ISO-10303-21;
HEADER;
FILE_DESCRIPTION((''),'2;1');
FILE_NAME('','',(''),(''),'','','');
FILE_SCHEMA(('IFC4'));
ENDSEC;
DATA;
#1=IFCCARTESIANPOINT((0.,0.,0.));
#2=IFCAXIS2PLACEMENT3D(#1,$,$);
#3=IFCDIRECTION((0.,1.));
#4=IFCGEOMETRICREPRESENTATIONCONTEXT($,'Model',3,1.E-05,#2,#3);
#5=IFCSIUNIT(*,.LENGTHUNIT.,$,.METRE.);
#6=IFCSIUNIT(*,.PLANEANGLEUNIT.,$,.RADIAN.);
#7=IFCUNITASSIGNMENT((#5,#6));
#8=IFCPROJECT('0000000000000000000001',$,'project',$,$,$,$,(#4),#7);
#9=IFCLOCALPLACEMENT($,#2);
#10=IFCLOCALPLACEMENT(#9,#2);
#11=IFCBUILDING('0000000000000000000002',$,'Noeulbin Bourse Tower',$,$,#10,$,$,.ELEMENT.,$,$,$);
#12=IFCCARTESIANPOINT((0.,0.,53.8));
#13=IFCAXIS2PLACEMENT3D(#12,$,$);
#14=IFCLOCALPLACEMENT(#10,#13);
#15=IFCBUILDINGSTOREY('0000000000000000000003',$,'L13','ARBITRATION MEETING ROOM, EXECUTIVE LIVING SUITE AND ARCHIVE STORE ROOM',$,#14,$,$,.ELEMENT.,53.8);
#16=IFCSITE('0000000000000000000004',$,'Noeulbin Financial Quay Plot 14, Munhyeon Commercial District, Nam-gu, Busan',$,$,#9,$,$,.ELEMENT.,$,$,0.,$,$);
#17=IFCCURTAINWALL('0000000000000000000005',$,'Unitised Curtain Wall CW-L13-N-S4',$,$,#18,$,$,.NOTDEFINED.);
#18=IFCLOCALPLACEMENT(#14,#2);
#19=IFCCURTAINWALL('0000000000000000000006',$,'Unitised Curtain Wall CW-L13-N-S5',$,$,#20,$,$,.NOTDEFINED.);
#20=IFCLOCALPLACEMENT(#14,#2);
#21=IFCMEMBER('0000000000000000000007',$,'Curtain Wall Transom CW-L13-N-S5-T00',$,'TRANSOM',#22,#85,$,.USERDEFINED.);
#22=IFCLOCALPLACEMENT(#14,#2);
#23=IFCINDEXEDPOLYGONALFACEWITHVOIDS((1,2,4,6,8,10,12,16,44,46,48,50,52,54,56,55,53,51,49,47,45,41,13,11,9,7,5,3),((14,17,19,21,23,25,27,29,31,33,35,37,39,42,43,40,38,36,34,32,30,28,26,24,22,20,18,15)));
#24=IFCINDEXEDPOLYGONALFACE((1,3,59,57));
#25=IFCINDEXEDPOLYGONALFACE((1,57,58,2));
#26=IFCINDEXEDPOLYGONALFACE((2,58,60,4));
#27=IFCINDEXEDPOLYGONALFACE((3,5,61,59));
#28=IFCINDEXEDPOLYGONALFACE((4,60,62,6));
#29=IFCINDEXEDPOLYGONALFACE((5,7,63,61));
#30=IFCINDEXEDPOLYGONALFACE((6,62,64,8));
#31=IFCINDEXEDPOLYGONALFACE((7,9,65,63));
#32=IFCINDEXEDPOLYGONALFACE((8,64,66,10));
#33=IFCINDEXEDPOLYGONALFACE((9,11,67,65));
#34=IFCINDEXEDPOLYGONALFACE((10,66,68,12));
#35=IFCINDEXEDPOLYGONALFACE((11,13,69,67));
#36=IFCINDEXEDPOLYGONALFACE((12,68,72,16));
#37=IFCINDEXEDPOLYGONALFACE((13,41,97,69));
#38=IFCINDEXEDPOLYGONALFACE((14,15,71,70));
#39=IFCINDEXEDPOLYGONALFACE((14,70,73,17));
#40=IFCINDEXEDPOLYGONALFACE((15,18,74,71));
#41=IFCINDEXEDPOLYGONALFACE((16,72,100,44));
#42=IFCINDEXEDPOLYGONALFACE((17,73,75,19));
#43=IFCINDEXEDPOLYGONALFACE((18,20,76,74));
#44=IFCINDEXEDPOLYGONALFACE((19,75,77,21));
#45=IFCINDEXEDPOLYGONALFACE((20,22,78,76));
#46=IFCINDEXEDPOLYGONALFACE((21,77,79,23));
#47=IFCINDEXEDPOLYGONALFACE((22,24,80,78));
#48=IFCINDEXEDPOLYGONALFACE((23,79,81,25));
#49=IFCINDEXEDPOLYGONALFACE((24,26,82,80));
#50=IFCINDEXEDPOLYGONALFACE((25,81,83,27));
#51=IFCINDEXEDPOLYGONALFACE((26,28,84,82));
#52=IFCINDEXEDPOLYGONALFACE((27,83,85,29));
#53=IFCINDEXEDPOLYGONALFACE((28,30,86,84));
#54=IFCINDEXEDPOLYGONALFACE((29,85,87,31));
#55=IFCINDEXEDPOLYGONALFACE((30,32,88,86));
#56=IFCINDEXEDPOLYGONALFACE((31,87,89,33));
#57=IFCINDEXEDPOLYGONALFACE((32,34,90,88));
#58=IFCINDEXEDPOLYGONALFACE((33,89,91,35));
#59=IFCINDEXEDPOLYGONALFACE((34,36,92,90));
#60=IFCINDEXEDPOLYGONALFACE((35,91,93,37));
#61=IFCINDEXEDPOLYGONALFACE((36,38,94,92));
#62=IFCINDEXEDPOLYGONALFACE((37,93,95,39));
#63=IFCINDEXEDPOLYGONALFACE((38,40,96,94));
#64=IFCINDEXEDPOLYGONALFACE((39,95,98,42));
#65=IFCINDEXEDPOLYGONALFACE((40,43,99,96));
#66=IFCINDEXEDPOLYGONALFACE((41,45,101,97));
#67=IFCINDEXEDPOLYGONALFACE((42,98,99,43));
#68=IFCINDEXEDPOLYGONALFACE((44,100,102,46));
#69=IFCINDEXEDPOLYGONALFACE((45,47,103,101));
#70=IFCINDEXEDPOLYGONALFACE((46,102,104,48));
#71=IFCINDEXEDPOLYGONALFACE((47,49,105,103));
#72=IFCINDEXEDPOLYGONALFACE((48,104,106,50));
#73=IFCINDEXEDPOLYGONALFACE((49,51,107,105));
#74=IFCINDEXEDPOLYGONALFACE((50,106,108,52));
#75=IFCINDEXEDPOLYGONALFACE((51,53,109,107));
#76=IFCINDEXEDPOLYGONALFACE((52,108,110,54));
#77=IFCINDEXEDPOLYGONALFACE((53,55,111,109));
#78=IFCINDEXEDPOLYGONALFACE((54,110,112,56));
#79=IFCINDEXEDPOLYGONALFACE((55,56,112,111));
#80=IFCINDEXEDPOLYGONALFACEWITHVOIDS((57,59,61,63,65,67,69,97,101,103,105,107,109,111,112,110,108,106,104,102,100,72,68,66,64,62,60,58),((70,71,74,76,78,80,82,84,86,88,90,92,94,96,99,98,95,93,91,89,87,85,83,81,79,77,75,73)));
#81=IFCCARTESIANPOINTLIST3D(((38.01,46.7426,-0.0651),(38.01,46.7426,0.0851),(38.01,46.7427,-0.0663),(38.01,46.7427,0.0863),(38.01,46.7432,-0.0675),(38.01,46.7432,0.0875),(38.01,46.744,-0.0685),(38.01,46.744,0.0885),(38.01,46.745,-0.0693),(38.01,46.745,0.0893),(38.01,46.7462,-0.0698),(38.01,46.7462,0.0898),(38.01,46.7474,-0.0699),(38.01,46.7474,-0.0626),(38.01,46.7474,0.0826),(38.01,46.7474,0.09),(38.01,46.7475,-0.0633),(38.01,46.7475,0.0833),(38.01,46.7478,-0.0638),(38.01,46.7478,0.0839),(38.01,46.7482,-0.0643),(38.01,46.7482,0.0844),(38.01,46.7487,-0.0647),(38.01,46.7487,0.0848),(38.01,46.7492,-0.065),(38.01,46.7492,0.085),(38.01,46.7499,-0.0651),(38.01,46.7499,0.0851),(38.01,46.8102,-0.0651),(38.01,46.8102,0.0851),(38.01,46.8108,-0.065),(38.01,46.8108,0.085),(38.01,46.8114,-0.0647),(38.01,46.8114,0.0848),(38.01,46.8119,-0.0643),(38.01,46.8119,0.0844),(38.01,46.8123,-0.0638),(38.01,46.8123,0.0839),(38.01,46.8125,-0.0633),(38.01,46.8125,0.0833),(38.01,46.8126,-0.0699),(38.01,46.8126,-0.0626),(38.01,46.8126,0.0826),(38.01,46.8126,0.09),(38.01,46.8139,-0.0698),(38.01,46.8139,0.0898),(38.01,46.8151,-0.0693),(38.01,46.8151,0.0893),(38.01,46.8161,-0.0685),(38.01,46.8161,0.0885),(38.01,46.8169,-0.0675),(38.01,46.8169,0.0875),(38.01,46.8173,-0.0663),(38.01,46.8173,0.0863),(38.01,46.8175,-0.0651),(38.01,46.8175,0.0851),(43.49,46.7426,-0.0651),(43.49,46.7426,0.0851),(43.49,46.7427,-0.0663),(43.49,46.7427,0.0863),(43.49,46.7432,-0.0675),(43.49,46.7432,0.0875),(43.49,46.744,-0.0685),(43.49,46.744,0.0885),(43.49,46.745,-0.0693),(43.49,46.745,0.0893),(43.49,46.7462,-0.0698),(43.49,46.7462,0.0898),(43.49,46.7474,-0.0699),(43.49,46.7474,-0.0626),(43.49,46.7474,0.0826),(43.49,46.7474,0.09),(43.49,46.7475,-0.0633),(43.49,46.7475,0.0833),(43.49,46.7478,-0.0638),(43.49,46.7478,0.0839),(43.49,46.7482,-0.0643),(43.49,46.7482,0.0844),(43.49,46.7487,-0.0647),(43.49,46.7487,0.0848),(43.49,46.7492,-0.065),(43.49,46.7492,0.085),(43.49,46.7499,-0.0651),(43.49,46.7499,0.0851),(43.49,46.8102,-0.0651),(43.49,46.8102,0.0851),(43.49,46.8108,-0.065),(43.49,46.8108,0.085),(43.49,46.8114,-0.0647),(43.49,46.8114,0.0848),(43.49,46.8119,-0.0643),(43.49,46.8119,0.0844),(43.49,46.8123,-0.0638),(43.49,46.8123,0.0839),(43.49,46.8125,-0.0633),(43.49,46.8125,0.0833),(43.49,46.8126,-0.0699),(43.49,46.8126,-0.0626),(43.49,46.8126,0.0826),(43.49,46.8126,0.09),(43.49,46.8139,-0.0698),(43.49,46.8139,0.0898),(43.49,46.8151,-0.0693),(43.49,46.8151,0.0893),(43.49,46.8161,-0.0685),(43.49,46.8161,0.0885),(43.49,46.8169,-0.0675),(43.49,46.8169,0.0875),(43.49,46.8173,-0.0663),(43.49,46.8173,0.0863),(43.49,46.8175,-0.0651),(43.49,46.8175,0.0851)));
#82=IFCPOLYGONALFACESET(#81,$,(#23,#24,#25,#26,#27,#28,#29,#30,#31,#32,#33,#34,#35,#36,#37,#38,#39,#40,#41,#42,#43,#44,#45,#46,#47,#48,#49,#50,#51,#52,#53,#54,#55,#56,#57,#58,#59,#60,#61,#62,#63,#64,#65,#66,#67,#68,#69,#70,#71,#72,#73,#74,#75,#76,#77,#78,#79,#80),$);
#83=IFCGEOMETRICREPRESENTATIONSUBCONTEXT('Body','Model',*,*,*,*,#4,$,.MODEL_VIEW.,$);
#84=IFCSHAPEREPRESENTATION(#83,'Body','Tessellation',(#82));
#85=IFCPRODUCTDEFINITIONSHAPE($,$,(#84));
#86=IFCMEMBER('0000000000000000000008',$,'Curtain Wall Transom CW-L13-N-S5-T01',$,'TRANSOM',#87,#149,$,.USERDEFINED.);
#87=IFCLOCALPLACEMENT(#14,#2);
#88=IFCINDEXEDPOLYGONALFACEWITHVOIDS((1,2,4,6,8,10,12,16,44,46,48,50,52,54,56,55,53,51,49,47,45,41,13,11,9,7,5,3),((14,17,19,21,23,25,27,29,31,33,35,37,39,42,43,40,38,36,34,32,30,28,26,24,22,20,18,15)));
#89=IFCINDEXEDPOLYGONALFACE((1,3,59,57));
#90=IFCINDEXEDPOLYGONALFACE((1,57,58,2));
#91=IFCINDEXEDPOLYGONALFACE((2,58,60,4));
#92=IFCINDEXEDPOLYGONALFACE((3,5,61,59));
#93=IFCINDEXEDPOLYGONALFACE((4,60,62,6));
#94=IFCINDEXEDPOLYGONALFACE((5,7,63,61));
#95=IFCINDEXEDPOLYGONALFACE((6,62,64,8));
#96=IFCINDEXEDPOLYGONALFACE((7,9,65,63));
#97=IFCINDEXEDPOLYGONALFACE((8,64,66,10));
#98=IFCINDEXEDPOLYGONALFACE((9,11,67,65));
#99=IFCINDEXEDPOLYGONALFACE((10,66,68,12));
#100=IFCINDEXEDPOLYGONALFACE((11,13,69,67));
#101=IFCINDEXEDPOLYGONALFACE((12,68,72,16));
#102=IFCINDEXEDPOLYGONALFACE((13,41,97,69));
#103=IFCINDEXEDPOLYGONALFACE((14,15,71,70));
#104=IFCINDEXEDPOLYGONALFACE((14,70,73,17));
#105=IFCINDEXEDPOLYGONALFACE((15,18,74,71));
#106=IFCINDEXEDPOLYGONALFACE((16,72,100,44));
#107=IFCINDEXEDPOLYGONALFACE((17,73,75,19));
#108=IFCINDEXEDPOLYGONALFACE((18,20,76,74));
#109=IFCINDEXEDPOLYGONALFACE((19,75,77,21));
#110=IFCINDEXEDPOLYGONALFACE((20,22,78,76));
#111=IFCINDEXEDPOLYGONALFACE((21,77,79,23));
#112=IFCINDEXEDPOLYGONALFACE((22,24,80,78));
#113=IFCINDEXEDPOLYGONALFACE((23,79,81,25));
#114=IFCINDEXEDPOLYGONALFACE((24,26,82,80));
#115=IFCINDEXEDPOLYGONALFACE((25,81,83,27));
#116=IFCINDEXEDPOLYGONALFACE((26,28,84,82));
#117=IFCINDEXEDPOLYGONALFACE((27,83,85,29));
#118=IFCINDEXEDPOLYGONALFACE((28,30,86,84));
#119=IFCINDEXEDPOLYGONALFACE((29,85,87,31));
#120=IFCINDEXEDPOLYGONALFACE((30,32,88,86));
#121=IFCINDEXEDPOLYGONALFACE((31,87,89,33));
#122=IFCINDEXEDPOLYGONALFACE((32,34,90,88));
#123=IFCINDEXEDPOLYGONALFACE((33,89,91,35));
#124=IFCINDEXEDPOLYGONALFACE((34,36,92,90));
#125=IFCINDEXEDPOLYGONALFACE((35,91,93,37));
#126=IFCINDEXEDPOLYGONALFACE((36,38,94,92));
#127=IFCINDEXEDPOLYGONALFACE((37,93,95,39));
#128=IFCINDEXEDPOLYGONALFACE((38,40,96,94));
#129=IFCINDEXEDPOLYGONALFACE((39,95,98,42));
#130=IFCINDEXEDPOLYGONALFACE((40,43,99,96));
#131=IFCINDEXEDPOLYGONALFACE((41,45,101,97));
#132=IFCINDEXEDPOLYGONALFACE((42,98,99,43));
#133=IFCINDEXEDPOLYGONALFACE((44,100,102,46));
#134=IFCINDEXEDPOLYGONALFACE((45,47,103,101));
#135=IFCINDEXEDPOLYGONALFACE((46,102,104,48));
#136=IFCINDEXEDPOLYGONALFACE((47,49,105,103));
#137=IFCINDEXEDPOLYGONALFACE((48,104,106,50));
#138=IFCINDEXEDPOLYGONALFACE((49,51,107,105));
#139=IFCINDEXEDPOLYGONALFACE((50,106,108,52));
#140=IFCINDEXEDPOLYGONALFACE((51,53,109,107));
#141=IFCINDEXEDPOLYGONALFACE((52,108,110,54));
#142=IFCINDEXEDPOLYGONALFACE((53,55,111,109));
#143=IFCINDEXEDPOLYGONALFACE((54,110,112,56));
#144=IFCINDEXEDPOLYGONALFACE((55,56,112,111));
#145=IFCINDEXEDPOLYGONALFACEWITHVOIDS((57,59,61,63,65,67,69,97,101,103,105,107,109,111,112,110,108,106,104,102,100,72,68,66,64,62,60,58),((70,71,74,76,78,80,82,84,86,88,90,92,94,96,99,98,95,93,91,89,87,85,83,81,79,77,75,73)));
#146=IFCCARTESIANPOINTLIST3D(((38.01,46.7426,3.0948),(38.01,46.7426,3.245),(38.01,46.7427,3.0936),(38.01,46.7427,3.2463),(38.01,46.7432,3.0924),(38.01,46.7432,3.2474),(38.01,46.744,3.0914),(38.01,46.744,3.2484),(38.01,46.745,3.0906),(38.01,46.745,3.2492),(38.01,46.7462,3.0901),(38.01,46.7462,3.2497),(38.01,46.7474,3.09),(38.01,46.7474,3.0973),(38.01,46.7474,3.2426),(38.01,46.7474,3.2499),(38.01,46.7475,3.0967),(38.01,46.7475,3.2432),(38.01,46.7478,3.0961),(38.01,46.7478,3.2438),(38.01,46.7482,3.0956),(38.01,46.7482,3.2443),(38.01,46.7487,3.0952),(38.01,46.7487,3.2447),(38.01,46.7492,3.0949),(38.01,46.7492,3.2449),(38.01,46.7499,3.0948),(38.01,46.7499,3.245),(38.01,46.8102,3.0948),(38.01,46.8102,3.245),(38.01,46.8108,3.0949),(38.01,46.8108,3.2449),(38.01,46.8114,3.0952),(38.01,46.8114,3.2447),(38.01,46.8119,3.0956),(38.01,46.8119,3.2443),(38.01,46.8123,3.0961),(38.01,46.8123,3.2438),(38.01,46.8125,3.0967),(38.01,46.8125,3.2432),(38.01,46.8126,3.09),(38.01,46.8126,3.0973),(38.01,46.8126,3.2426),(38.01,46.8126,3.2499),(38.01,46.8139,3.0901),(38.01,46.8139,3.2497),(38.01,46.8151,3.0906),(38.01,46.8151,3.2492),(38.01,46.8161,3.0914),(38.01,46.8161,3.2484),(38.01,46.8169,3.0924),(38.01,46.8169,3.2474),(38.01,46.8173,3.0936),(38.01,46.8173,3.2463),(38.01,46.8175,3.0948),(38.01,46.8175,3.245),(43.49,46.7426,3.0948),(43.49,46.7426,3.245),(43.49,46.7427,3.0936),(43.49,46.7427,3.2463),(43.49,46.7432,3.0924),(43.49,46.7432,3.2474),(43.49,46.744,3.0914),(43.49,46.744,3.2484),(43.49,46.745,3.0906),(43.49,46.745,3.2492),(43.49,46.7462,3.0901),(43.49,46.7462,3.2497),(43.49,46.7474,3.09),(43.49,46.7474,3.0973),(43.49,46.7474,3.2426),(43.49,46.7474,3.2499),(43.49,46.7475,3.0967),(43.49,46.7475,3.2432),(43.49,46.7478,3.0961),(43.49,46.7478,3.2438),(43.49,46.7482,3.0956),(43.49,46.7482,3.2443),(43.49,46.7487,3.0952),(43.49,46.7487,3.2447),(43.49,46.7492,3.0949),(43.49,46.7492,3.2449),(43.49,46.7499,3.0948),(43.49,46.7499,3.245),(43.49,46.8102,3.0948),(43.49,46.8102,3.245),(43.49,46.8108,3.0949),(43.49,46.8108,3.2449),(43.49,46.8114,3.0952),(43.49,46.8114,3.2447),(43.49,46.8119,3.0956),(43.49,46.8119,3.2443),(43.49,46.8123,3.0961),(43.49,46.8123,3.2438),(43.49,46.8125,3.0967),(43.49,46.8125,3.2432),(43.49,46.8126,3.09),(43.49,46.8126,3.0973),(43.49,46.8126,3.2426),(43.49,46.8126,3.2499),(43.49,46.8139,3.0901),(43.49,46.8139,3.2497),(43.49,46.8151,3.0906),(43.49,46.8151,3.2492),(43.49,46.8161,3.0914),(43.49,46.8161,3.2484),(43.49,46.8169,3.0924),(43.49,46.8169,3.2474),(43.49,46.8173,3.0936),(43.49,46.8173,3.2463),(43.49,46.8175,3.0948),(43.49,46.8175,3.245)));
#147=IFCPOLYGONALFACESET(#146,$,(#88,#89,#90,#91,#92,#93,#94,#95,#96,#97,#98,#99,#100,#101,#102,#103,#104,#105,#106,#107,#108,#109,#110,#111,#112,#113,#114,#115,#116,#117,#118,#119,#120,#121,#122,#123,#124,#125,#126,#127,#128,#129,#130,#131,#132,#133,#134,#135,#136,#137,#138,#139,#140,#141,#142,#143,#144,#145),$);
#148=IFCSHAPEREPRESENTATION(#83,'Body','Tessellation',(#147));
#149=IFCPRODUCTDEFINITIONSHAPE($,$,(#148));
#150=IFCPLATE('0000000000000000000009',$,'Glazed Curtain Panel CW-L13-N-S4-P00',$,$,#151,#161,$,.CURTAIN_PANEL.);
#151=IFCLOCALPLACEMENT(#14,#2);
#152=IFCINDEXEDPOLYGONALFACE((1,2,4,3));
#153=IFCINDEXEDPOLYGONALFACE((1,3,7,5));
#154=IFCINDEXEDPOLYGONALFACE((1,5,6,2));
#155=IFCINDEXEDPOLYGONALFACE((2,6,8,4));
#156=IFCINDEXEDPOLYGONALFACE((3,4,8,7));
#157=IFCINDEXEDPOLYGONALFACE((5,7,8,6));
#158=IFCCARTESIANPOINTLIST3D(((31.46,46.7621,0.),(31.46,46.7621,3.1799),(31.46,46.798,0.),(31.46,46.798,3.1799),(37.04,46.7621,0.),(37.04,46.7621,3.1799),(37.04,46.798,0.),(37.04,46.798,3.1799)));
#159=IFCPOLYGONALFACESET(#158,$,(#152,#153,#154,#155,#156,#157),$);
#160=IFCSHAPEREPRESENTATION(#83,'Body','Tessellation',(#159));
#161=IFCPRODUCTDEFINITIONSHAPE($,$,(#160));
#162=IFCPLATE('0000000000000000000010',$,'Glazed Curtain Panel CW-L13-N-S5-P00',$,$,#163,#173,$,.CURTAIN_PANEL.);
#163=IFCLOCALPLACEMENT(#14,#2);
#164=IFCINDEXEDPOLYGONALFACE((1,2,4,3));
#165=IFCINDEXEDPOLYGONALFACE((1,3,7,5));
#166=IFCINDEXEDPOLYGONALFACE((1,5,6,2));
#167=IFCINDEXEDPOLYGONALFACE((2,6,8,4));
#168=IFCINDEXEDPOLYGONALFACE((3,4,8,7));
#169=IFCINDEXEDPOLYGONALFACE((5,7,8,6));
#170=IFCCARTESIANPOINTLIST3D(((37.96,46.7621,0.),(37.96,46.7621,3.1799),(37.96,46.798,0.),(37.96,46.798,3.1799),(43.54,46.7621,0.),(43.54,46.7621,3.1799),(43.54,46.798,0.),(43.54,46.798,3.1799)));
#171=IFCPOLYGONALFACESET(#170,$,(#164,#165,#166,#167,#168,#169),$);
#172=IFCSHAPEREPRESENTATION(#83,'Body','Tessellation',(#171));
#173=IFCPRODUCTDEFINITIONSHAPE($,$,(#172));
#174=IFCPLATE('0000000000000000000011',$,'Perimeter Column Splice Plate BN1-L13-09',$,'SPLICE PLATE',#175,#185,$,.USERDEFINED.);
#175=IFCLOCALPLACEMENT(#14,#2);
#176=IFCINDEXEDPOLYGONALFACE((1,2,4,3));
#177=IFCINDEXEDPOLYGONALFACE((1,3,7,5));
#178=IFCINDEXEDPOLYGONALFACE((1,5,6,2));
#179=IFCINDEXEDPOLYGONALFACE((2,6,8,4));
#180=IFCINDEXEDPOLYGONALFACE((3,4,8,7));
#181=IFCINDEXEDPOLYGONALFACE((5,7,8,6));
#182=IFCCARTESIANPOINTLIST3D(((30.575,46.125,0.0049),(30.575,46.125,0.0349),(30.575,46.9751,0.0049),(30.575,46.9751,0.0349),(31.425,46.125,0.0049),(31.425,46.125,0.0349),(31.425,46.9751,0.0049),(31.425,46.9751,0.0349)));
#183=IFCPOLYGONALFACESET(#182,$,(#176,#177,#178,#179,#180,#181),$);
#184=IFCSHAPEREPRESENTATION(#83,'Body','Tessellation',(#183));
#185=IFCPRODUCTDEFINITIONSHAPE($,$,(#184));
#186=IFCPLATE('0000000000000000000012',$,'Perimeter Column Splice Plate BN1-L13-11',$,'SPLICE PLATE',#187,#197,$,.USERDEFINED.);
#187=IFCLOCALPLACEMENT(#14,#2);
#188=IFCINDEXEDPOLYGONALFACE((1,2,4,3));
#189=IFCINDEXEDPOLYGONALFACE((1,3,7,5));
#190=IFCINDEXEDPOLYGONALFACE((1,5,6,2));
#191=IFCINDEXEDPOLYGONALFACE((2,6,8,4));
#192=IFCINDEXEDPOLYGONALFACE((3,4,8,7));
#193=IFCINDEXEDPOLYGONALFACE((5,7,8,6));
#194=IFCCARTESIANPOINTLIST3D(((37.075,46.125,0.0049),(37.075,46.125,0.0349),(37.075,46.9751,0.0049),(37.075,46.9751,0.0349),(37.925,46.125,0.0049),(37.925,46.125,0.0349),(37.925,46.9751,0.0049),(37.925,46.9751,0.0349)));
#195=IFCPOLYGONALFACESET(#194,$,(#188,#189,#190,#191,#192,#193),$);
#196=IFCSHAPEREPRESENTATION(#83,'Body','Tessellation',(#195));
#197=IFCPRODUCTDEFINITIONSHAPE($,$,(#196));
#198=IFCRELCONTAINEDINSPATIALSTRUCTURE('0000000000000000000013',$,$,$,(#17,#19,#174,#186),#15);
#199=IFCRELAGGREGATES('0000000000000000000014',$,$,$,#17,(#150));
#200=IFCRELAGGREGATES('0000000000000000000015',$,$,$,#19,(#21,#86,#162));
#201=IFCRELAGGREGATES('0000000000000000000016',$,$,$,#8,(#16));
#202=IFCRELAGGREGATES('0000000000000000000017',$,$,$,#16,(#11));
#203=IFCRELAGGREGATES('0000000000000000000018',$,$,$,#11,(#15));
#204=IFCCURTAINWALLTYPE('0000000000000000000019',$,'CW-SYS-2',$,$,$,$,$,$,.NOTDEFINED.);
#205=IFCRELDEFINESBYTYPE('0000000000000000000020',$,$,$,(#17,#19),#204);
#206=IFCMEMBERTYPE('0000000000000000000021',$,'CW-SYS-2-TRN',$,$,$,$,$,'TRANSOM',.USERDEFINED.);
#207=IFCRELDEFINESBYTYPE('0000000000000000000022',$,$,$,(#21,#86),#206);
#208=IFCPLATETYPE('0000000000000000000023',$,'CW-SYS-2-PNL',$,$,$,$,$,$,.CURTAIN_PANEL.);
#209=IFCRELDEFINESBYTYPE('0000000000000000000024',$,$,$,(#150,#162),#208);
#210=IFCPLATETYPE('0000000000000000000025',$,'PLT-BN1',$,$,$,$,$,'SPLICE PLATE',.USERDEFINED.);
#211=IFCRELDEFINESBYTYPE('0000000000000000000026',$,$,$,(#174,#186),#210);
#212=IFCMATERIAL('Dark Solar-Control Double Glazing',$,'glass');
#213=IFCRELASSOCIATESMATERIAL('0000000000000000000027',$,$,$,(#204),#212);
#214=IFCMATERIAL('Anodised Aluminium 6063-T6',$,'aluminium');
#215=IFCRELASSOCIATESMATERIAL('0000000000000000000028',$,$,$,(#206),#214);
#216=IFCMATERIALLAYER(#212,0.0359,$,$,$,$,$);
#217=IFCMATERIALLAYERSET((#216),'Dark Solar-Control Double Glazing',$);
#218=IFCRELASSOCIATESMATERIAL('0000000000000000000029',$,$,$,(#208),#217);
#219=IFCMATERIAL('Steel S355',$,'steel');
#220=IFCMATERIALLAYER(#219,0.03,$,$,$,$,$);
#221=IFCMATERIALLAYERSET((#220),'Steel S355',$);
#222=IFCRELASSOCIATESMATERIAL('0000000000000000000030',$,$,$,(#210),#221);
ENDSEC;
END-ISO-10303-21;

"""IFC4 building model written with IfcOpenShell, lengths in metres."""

from ifc_helpers import new_model, si_unit, direction, frame, origin, origin_2d, place, context, subcontext, project, spatial, rectangle, hollow_rectangle, extrude, material, layer, layer_set, material_profile, profile_set, type_object, element, aggregate, save


model = new_model("IFC4")

# Units and contexts
model_context = context("Model", 3, precision=1e-05, world=origin(), true_north=direction((0.0, 1.0)))
body_context = subcontext(model_context, "Body", "Model", "MODEL_VIEW")
ifc_project = project(units=[si_unit("LENGTHUNIT", "METRE"), si_unit("PLANEANGLEUNIT", "RADIAN")], contexts=[model_context])

# Site, building, storey
site_placement = place(None, origin())
site = spatial("IfcSite", under=ifc_project, at=site_placement, Name="Noeulbin Financial Quay Plot 14, Munhyeon Commercial District, Nam-gu, Busan", CompositionType="ELEMENT", RefElevation=0.0)
building_placement = place(site_placement, origin())
building = spatial("IfcBuilding", under=site, at=building_placement, Name="Noeulbin Bourse Tower", CompositionType="ELEMENT")
storey_placement = place(building_placement, frame((0.0, 0.0, 53.8)))
storey = spatial("IfcBuildingStorey", under=building, at=storey_placement, Name="L13", Description="ARBITRATION MEETING ROOM, EXECUTIVE LIVING SUITE AND ARCHIVE STORE ROOM", CompositionType="ELEMENT", Elevation=53.8)

# Shared definitions
ifc_material_1 = material(Name="Steel S355", Category="steel")

# Shared definitions
ifc_material_2 = material(Name="Dark Solar-Control Double Glazing", Category="glass")
curtain_wall_type = type_object("IfcCurtainWallType", Name="CW-SYS-2", PredefinedType="NOTDEFINED", material=ifc_material_2)
ifc_material_3 = material(Name="Anodised Aluminium 6063-T6", Category="aluminium")

# Curtain wall
curtain_wall_1_placement = place(storey_placement, origin())
curtain_wall_1 = element("IfcCurtainWall", 1, at=curtain_wall_1_placement, inside=storey, type_object=curtain_wall_type, Name="Unitised Curtain Wall CW-L13-N-S4", PredefinedType="NOTDEFINED")

# Curtain wall
curtain_wall_2_placement = place(storey_placement, origin())
curtain_wall_2 = element("IfcCurtainWall", 2, at=curtain_wall_2_placement, inside=storey, type_object=curtain_wall_type, Name="Unitised Curtain Wall CW-L13-N-S5", PredefinedType="NOTDEFINED")

# Members
ifc_material_profile_1 = material_profile(ifc_material_3, hollow_rectangle(XDim=0.075, YDim=0.1599, WallThickness=0.0049, InnerFilletRadius=0.0024, OuterFilletRadius=0.0049, at=origin_2d()), Name="ALU-TRAN-75x160x5", Category="LoadBearing")
ifc_profile_set_1 = profile_set([ifc_material_profile_1], Name="Anodised Aluminium 6063-T6")
member_type_1 = type_object("IfcMemberType", Name="CW-SYS-2-TRN", ElementType="TRANSOM", PredefinedType="USERDEFINED", material=ifc_profile_set_1)
member_1_placement = place(storey_placement, frame((38.01, 46.78, 0.01), z_axis=(1.0, 0.0, 0.0), x_axis=(0.0, 1.0, 0.0)))
member_1 = element("IfcMember", 3, at=member_1_placement, type_object=member_type_1, Name="Curtain Wall Transom CW-L13-N-S5-T00", ObjectType="TRANSOM", PredefinedType="USERDEFINED", context=body_context, shape_type="SweptSolid", body=[
    extrude(hollow_rectangle(XDim=0.075, YDim=0.1599, WallThickness=0.0049, InnerFilletRadius=0.0024, OuterFilletRadius=0.0049, at=origin_2d()), origin(), (0.0, 0.0, 1.0), 5.48),
])
member_2_placement = place(storey_placement, frame((38.01, 46.78, 3.1699), z_axis=(1.0, 0.0, 0.0), x_axis=(0.0, 1.0, 0.0)))
member_2 = element("IfcMember", 4, at=member_2_placement, type_object=member_type_1, Name="Curtain Wall Transom CW-L13-N-S5-T01", ObjectType="TRANSOM", PredefinedType="USERDEFINED", context=body_context, shape_type="SweptSolid", body=[
    extrude(hollow_rectangle(XDim=0.075, YDim=0.1599, WallThickness=0.0049, InnerFilletRadius=0.0024, OuterFilletRadius=0.0049, at=origin_2d()), origin(), (0.0, 0.0, 1.0), 5.48),
])

# Plates
ifc_layer_1 = layer(ifc_material_2, 0.0359)
ifc_layer_set_1 = layer_set([ifc_layer_1], Name="Dark Solar-Control Double Glazing")
plate_type_1 = type_object("IfcPlateType", Name="CW-SYS-2-PNL", PredefinedType="CURTAIN_PANEL", material=ifc_layer_set_1)
plate_1_placement = place(storey_placement, frame((34.25, 46.78, 0.0), z_axis=(0.0, 0.0, 1.0), x_axis=(1.0, 0.0, 0.0)))
plate_1 = element("IfcPlate", 5, at=plate_1_placement, type_object=plate_type_1, Name="Glazed Curtain Panel CW-L13-N-S4-P00", PredefinedType="CURTAIN_PANEL", context=body_context, shape_type="SweptSolid", body=[
    extrude(rectangle(XDim=5.5801, YDim=0.0359, at=origin_2d()), origin(), (0.0, 0.0, 1.0), 3.1799),
])
aggregate(curtain_wall_1, [plate_1])
plate_2_placement = place(storey_placement, frame((40.75, 46.78, 0.0), z_axis=(0.0, 0.0, 1.0), x_axis=(1.0, 0.0, 0.0)))
plate_2 = element("IfcPlate", 6, at=plate_2_placement, type_object=plate_type_1, Name="Glazed Curtain Panel CW-L13-N-S5-P00", PredefinedType="CURTAIN_PANEL", context=body_context, shape_type="SweptSolid", body=[
    extrude(rectangle(XDim=5.5801, YDim=0.0359, at=origin_2d()), origin(), (0.0, 0.0, 1.0), 3.1799),
])
aggregate(curtain_wall_2, [member_1, member_2, plate_2])

# Plates
ifc_layer_2 = layer(ifc_material_1, 0.03)
ifc_layer_set_2 = layer_set([ifc_layer_2], Name="Steel S355")
plate_type_2 = type_object("IfcPlateType", Name="PLT-BN1", ElementType="SPLICE PLATE", PredefinedType="USERDEFINED", material=ifc_layer_set_2)
for number, where, z_axis, x_axis, name in (
    (7, (31.0, 46.55, 0.0049), (0.0, 0.0, 1.0), (1.0, 0.0, 0.0), "Perimeter Column Splice Plate BN1-L13-09"),
    (8, (37.5, 46.55, 0.0049), (0.0, 0.0, 1.0), (1.0, 0.0, 0.0), "Perimeter Column Splice Plate BN1-L13-11"),
):
    element("IfcPlate", number, at=place(storey_placement, frame(where, z_axis=z_axis, x_axis=x_axis)), inside=storey, type_object=plate_type_2, Name=name, ObjectType="SPLICE PLATE", PredefinedType="USERDEFINED", context=body_context, shape_type="SweptSolid", body=[
        extrude(rectangle(XDim=0.8501, YDim=0.8501, at=origin_2d()), origin(), (0.0, 0.0, 1.0), 0.03),
    ])

save(model, "model.ifc")
